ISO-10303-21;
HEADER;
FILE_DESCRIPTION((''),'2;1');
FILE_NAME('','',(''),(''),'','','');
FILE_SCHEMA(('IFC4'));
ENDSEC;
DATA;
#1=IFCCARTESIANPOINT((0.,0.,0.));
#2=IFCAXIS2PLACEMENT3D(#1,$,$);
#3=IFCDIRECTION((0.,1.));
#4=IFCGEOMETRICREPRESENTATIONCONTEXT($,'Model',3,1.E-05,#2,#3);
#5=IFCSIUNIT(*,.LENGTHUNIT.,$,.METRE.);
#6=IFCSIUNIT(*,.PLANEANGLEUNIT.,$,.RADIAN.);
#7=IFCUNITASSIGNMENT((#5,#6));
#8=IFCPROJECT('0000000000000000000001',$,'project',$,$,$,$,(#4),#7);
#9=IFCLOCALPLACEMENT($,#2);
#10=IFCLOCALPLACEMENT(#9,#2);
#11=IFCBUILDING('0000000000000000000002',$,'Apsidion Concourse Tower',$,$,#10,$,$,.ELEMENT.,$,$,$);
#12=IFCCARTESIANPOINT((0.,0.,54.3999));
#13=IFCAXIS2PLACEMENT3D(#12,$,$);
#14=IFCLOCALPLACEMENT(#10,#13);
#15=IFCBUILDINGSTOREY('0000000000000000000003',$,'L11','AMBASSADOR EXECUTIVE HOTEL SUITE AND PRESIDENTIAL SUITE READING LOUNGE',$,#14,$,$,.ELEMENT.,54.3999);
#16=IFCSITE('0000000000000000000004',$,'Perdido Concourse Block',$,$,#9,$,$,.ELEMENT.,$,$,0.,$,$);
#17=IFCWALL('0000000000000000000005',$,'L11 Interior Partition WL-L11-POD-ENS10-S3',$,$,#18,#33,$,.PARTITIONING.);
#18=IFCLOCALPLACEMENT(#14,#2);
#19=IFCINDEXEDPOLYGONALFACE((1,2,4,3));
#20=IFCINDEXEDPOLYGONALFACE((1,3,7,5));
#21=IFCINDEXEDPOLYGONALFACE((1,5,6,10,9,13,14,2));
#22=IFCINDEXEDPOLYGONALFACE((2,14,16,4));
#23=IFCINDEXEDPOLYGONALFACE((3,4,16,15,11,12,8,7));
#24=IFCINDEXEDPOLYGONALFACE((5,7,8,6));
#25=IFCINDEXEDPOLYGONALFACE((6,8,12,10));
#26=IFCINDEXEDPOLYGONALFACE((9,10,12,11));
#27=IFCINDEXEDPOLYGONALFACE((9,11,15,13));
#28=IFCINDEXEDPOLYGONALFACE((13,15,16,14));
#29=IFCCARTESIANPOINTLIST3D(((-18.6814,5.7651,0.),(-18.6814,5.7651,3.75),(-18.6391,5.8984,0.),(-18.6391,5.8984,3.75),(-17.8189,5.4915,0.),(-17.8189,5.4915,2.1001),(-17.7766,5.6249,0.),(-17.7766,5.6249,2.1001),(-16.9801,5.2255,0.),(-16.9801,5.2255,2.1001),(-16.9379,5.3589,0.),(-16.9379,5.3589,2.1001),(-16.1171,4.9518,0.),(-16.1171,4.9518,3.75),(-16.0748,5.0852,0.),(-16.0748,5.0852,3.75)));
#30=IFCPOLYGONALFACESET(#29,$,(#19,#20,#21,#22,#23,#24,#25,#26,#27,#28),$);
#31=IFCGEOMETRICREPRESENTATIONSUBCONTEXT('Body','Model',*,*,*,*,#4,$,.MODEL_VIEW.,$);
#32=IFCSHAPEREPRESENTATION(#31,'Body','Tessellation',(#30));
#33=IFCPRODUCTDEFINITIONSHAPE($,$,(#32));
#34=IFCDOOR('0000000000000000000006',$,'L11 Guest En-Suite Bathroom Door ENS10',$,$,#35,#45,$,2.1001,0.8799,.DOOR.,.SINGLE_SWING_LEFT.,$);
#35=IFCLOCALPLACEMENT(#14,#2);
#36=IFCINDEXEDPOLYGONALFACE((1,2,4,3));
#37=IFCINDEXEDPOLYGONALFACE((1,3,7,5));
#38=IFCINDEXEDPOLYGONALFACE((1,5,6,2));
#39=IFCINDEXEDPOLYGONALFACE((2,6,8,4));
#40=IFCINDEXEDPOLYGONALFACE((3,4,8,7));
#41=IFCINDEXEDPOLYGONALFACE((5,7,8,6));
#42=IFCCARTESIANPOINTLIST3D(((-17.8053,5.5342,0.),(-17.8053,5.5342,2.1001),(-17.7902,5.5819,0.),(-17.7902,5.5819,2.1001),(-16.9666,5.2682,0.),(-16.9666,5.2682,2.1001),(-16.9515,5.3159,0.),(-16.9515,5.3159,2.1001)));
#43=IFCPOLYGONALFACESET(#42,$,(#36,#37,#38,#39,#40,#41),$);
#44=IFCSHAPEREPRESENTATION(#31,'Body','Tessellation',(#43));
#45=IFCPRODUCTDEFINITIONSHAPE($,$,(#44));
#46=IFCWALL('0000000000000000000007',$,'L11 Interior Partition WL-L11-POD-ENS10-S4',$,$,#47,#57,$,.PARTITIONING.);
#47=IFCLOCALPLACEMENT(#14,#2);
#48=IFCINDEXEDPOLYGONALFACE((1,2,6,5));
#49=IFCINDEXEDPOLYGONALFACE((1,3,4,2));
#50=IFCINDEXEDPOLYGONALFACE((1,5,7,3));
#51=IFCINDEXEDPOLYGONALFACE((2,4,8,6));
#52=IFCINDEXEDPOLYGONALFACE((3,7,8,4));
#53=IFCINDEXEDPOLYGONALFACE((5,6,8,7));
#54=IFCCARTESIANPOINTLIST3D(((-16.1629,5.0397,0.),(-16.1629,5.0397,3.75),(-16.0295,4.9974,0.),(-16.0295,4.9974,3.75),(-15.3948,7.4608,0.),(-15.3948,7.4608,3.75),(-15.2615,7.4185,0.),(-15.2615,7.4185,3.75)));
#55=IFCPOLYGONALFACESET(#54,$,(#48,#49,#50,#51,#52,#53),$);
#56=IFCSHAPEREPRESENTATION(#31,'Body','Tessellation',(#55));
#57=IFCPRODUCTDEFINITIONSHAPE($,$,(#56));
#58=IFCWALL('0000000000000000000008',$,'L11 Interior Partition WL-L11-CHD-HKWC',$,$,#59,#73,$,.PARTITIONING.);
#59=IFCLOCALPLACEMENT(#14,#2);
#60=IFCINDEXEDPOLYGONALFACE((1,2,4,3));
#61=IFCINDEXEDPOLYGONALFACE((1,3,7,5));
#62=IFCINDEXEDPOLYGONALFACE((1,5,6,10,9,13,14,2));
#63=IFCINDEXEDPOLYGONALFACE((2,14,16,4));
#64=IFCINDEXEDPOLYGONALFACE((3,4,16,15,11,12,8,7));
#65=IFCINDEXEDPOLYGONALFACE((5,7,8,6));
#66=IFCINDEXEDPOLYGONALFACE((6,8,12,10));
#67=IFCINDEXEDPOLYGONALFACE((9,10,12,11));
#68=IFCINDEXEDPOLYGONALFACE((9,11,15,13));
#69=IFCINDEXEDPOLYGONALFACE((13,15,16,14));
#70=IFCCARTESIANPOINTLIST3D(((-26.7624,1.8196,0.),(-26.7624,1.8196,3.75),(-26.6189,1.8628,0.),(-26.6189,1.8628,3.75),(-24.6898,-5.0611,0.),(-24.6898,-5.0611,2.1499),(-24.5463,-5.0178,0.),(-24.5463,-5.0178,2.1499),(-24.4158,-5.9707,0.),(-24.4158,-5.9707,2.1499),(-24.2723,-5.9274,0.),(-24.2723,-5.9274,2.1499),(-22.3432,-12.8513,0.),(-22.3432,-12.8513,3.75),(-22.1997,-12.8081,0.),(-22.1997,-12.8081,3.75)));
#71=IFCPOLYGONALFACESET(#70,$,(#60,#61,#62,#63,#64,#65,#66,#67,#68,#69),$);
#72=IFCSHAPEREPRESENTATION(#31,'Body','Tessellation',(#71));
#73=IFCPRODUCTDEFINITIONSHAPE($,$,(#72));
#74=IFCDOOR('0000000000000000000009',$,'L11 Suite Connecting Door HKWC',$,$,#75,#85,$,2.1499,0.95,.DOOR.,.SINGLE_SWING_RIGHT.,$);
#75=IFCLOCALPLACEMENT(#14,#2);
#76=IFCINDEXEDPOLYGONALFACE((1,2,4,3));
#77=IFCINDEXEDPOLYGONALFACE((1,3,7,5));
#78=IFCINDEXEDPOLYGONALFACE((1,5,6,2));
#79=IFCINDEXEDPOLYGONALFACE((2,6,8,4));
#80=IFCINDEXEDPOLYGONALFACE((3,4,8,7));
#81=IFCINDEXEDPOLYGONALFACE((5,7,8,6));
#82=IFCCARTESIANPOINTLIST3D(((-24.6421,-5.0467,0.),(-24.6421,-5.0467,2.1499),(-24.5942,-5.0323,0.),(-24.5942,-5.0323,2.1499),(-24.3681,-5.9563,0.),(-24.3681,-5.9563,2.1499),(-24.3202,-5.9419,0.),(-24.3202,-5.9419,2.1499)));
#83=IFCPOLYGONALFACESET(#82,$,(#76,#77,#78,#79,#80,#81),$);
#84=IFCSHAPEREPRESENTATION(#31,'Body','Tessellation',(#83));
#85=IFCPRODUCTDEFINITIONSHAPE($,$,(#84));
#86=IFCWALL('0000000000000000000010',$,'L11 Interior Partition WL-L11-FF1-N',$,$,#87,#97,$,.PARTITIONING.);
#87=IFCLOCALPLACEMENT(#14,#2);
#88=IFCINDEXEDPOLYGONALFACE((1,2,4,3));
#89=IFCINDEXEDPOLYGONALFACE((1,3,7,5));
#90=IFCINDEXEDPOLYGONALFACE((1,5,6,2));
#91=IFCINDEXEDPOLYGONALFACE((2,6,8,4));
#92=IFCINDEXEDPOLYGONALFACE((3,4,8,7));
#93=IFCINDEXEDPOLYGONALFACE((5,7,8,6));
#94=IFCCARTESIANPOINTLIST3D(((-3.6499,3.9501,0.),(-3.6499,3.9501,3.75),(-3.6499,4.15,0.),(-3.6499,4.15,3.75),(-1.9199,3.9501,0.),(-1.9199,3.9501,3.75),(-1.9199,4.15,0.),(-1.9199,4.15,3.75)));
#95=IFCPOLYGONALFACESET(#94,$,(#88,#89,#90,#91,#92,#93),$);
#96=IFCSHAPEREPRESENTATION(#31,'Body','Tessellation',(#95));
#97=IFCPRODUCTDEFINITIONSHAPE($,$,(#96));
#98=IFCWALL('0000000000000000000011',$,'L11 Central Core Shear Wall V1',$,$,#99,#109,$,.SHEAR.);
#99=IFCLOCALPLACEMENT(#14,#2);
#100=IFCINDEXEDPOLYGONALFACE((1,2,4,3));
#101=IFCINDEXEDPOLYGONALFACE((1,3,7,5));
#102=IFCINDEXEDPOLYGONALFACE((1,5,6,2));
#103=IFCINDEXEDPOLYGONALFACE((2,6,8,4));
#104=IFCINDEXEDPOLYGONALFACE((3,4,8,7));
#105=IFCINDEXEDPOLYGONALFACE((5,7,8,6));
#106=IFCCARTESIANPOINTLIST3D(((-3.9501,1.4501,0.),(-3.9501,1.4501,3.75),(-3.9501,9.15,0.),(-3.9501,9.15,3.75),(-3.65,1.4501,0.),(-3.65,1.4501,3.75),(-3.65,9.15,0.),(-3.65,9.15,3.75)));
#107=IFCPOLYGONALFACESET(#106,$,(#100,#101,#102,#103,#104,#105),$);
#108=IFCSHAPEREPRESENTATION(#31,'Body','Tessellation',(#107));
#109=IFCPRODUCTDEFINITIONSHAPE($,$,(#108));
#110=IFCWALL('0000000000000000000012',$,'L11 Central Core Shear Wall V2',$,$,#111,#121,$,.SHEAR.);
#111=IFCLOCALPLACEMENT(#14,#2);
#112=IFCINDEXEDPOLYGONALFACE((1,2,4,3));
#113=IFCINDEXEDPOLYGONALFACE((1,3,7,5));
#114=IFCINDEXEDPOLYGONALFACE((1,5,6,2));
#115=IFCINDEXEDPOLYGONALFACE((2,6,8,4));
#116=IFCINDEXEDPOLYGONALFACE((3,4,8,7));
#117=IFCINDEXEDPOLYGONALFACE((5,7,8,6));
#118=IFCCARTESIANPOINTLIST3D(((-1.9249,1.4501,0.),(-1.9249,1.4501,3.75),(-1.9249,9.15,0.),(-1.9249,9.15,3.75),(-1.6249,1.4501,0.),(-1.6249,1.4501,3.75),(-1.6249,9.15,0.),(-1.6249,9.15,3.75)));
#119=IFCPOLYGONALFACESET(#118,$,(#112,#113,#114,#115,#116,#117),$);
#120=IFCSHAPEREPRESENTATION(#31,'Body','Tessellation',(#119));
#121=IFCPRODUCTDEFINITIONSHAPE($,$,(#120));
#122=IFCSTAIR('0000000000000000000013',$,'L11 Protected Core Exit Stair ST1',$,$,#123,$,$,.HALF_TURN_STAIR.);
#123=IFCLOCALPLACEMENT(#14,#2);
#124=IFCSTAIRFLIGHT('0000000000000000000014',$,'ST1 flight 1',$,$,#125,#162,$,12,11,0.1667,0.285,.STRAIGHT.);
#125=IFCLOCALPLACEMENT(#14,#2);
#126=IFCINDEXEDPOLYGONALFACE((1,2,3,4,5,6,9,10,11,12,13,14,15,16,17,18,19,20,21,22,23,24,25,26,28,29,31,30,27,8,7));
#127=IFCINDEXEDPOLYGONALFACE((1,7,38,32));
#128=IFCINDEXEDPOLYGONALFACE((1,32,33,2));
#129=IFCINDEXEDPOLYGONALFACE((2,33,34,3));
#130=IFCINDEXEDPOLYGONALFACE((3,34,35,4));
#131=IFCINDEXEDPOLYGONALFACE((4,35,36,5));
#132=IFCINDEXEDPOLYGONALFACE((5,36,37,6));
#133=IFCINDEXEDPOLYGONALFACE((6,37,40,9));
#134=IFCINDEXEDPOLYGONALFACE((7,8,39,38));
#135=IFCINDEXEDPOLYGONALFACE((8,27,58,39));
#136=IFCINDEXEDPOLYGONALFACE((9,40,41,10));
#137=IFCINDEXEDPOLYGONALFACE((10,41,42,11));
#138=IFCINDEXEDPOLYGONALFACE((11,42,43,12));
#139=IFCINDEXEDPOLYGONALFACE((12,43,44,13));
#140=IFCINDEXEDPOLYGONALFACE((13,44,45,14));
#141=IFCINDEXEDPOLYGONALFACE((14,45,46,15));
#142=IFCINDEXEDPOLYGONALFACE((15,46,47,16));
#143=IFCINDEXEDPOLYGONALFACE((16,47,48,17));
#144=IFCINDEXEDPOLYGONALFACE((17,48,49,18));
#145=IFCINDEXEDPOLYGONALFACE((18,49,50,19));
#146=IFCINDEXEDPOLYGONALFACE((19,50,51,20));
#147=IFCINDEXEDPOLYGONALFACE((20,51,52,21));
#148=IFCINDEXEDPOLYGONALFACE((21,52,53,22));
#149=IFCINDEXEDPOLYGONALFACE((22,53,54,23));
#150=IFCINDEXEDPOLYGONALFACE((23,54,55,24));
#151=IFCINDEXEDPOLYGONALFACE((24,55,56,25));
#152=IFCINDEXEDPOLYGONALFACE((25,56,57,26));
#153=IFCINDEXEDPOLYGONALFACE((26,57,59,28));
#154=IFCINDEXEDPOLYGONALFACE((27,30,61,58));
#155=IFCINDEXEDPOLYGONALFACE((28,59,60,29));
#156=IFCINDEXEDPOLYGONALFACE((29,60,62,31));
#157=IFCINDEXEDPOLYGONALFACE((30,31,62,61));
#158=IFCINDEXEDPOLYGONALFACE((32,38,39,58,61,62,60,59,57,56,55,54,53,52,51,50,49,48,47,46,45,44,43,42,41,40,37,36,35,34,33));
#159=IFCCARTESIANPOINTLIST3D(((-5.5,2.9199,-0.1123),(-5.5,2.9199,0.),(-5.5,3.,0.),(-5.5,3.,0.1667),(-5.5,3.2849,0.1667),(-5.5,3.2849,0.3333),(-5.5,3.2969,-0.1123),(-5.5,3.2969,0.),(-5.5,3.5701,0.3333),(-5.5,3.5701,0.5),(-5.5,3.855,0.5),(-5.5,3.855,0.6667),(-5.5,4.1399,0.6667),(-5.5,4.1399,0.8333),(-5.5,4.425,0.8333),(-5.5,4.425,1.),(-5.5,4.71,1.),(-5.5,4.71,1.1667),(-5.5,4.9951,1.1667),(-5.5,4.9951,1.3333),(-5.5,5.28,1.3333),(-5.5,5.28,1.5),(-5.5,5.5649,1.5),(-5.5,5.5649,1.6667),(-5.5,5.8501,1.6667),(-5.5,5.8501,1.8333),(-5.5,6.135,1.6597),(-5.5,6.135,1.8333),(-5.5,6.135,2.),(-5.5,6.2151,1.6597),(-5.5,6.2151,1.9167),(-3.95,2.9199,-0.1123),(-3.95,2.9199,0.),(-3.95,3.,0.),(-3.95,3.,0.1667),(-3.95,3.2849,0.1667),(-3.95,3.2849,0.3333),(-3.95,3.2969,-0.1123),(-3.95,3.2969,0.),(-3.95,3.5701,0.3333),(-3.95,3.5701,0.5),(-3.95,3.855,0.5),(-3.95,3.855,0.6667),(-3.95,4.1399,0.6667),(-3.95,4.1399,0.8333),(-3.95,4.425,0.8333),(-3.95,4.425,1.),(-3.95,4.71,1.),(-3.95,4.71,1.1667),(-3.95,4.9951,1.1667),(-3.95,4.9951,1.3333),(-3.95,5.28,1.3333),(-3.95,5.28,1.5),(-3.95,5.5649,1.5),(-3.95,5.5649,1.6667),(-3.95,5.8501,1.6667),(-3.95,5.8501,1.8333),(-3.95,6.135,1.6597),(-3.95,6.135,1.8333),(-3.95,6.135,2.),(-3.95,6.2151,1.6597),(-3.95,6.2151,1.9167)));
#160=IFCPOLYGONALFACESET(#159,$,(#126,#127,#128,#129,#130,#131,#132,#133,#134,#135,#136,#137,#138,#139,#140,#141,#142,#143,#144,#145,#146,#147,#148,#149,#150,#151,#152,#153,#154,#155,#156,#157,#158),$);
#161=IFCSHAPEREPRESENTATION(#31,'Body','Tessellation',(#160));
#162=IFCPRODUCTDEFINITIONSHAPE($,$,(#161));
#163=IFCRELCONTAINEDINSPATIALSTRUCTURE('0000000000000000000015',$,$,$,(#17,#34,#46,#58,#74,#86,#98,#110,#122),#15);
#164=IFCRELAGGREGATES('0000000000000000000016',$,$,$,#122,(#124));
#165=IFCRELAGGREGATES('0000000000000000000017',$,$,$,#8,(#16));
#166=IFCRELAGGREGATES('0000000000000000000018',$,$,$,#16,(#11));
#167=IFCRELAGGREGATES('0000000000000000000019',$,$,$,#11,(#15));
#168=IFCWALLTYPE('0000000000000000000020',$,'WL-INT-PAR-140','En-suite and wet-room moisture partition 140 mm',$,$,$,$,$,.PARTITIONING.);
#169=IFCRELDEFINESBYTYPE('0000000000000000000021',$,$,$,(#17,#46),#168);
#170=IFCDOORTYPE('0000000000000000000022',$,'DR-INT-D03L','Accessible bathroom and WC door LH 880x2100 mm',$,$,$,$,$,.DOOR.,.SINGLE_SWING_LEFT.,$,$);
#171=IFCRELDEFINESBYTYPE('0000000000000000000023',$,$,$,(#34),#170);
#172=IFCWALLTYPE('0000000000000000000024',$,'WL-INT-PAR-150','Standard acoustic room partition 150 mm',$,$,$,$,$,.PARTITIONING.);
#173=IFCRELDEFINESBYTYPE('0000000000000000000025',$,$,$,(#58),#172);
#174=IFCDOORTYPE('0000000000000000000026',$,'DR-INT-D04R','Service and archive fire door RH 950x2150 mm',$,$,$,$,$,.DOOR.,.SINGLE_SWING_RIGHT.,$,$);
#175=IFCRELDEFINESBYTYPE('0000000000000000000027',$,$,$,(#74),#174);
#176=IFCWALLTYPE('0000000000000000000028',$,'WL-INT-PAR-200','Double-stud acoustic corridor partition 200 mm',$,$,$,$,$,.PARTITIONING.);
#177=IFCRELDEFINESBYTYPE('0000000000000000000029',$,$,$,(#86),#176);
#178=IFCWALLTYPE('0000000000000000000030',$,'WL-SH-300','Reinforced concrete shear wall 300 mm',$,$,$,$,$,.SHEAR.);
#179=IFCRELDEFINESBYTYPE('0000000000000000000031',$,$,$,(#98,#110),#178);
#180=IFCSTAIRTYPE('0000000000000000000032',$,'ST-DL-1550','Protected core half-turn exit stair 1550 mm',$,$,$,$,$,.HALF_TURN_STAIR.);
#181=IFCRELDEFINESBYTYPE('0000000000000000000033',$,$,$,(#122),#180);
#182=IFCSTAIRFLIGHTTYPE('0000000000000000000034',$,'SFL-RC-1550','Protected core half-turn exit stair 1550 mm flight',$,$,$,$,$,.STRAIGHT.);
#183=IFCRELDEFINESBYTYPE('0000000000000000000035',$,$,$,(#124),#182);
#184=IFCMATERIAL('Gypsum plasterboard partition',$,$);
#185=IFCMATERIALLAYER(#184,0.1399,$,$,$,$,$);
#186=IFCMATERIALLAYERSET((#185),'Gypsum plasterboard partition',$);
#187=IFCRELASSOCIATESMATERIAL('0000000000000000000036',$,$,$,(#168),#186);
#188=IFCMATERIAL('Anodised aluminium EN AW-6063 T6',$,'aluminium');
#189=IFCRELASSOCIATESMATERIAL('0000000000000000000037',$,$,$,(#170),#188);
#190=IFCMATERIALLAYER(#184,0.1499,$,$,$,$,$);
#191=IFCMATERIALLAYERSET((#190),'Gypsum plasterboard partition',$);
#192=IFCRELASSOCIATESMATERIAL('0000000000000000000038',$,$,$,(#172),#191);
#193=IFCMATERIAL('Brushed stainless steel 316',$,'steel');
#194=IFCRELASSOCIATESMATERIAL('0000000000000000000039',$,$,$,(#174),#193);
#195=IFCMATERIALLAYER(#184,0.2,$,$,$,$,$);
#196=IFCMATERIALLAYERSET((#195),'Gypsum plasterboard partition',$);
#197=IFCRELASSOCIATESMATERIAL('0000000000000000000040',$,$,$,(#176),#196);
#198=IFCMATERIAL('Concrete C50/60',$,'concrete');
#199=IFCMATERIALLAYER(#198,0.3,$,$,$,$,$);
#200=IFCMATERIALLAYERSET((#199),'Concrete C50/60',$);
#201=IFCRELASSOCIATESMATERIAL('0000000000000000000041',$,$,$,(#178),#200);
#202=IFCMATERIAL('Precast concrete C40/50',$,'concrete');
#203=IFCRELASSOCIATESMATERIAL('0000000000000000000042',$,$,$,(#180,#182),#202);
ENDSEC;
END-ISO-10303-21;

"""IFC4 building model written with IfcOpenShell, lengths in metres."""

from ifc_helpers import new_model, si_unit, direction, frame, frame_2d, origin, place, context, subcontext, project, spatial, polyline, rectangle, outline, extrude, material, layer, layer_set, type_object, element, fill, aggregate, save


model = new_model("IFC4")

# Units and contexts
model_context = context("Model", 3, precision=1e-05, world=origin(), true_north=direction((0.0, 1.0)))
body_context = subcontext(model_context, "Body", "Model", "MODEL_VIEW")
ifc_project = project(units=[si_unit("LENGTHUNIT", "METRE"), si_unit("PLANEANGLEUNIT", "RADIAN")], contexts=[model_context])

# Site, building, storey
site_placement = place(None, origin())
site = spatial("IfcSite", under=ifc_project, at=site_placement, Name="Perdido Concourse Block", CompositionType="ELEMENT", RefElevation=0.0)
building_placement = place(site_placement, origin())
building = spatial("IfcBuilding", under=site, at=building_placement, Name="Apsidion Concourse Tower", CompositionType="ELEMENT")
storey_placement = place(building_placement, frame((0.0, 0.0, 54.3999)))
storey = spatial("IfcBuildingStorey", under=building, at=storey_placement, Name="L11", Description="AMBASSADOR EXECUTIVE HOTEL SUITE AND PRESIDENTIAL SUITE READING LOUNGE", CompositionType="ELEMENT", Elevation=54.3999)

# Shared definitions
ifc_material_1 = material(Name="Concrete C50/60", Category="concrete")

# Shared definitions
ifc_material_2 = material(Name="Gypsum plasterboard partition")
ifc_layer_1 = layer(ifc_material_2, 0.1399)
ifc_layer_set_1 = layer_set([ifc_layer_1], Name="Gypsum plasterboard partition")
wall_type_1 = type_object("IfcWallType", Name="WL-INT-PAR-140", Description="En-suite and wet-room moisture partition 140 mm", PredefinedType="PARTITIONING", material=ifc_layer_set_1)

# Wall, opening, door
wall_1_placement = place(storey_placement, frame((-18.6604, 5.8318, 0.0), z_axis=(0.0, 0.0, 1.0), x_axis=(0.95321, -0.302308, 0.0)))
wall_1 = element("IfcWall", 1, at=wall_1_placement, inside=storey, type_object=wall_type_1, Name="L11 Interior Partition WL-L11-POD-ENS10-S3", PredefinedType="PARTITIONING", context=body_context, shape_type="SweptSolid", body=[
    extrude(rectangle(XDim=2.6902, YDim=0.1399, at=frame_2d((1.3452, 0.0))), origin(), (0.0, 0.0, 1.0), 3.75),
])
opening_1_placement = place(wall_1_placement, frame((0.905, 0.0, 0.0)))
opening_1 = element("IfcOpeningElement", 2, at=opening_1_placement, cuts=wall_1, PredefinedType="OPENING", context=body_context, shape_type="SweptSolid", body=[
    extrude(rectangle(XDim=0.8799, YDim=2.1001, at=frame_2d((0.4399, 1.05))), frame((0.0, 0.0801, 0.0), z_axis=(0.0, -1.0, 0.0), x_axis=(1.0, 0.0, 0.0)), (0.0, 0.0, 1.0), 0.1599),
])
ifc_material_3 = material(Name="Anodised aluminium EN AW-6063 T6", Category="aluminium")
door_type_1 = type_object("IfcDoorType", Name="DR-INT-D03L", Description="Accessible bathroom and WC door LH 880x2100 mm", OperationType="SINGLE_SWING_LEFT", PredefinedType="DOOR", material=ifc_material_3)
door_1_placement = place(opening_1_placement, origin())
door_1 = element("IfcDoor", 3, at=door_1_placement, inside=storey, type_object=door_type_1, Name="L11 Guest En-Suite Bathroom Door ENS10", OperationType="SINGLE_SWING_LEFT", OverallHeight=2.1001, OverallWidth=0.8799, PredefinedType="DOOR", context=body_context, shape_type="SweptSolid", body=[
    extrude(rectangle(XDim=0.8799, YDim=2.1001, at=frame_2d((0.4399, 1.05))), frame((0.0, 0.0249, 0.0), z_axis=(0.0, -1.0, 0.0), x_axis=(1.0, 0.0, 0.0)), (0.0, 0.0, 1.0), 0.05),
])
fill(opening_1, door_1)

# Wall
wall_2_placement = place(storey_placement, frame((-16.0962, 5.0186, 0.0), z_axis=(0.0, 0.0, 1.0), x_axis=(0.302382, 0.953187, 0.0)))
element("IfcWall", 4, at=wall_2_placement, inside=storey, type_object=wall_type_1, Name="L11 Interior Partition WL-L11-POD-ENS10-S4", PredefinedType="PARTITIONING", context=body_context, shape_type="SweptSolid", body=[
    extrude(rectangle(XDim=2.54, YDim=0.1399, at=frame_2d((1.27, 0.0))), origin(), (0.0, 0.0, 1.0), 3.75),
])

# Wall, opening, door
ifc_layer_2 = layer(ifc_material_2, 0.1499)
ifc_layer_set_2 = layer_set([ifc_layer_2], Name="Gypsum plasterboard partition")
wall_type_2 = type_object("IfcWallType", Name="WL-INT-PAR-150", Description="Standard acoustic room partition 150 mm", PredefinedType="PARTITIONING", material=ifc_layer_set_2)
wall_3_placement = place(storey_placement, frame((-26.6907, 1.8413, 0.0), z_axis=(0.0, 0.0, 1.0), x_axis=(0.288421, -0.957504, 0.0)))
wall_3 = element("IfcWall", 5, at=wall_3_placement, inside=storey, type_object=wall_type_2, Name="L11 Interior Partition WL-L11-CHD-HKWC", PredefinedType="PARTITIONING", context=body_context, shape_type="SweptSolid", body=[
    extrude(rectangle(XDim=15.322, YDim=0.1499, at=frame_2d((7.6611, 0.0))), origin(), (0.0, 0.0, 1.0), 3.75),
])
opening_2_placement = place(wall_3_placement, frame((7.186, 0.0, 0.0)))
opening_2 = element("IfcOpeningElement", 6, at=opening_2_placement, cuts=wall_3, PredefinedType="OPENING", context=body_context, shape_type="SweptSolid", body=[
    extrude(rectangle(XDim=0.95, YDim=2.1499, at=frame_2d((0.4751, 1.075))), frame((0.0, 0.085, 0.0), z_axis=(0.0, -1.0, 0.0), x_axis=(1.0, 0.0, 0.0)), (0.0, 0.0, 1.0), 0.1699),
])
ifc_material_4 = material(Name="Brushed stainless steel 316", Category="steel")
door_type_2 = type_object("IfcDoorType", Name="DR-INT-D04R", Description="Service and archive fire door RH 950x2150 mm", OperationType="SINGLE_SWING_RIGHT", PredefinedType="DOOR", material=ifc_material_4)
door_2_placement = place(opening_2_placement, origin())
door_2 = element("IfcDoor", 7, at=door_2_placement, inside=storey, type_object=door_type_2, Name="L11 Suite Connecting Door HKWC", OperationType="SINGLE_SWING_RIGHT", OverallHeight=2.1499, OverallWidth=0.95, PredefinedType="DOOR", context=body_context, shape_type="SweptSolid", body=[
    extrude(rectangle(XDim=0.95, YDim=2.1499, at=frame_2d((0.4751, 1.075))), frame((0.0, 0.0249, 0.0), z_axis=(0.0, -1.0, 0.0), x_axis=(1.0, 0.0, 0.0)), (0.0, 0.0, 1.0), 0.05),
])
fill(opening_2, door_2)

# Walls
ifc_layer_3 = layer(ifc_material_2, 0.2)
ifc_layer_set_3 = layer_set([ifc_layer_3], Name="Gypsum plasterboard partition")
wall_type_3 = type_object("IfcWallType", Name="WL-INT-PAR-200", Description="Double-stud acoustic corridor partition 200 mm", PredefinedType="PARTITIONING", material=ifc_layer_set_3)
wall_4_placement = place(storey_placement, frame((-3.6499, 4.05, 0.0), z_axis=(0.0, 0.0, 1.0), x_axis=(1.0, 0.0, 0.0)))
element("IfcWall", 8, at=wall_4_placement, inside=storey, type_object=wall_type_3, Name="L11 Interior Partition WL-L11-FF1-N", PredefinedType="PARTITIONING", context=body_context, shape_type="SweptSolid", body=[
    extrude(rectangle(XDim=1.73, YDim=0.2, at=frame_2d((0.865, 0.0))), origin(), (0.0, 0.0, 1.0), 3.75),
])
ifc_layer_4 = layer(ifc_material_1, 0.3)
ifc_layer_set_4 = layer_set([ifc_layer_4], Name="Concrete C50/60")
wall_type_4 = type_object("IfcWallType", Name="WL-SH-300", Description="Reinforced concrete shear wall 300 mm", PredefinedType="SHEAR", material=ifc_layer_set_4)
for number, where, z_axis, x_axis, name in (
    (9, (-3.8, 1.45, 0.0), (0.0, 0.0, 1.0), (0.0, 1.0, 0.0), "L11 Central Core Shear Wall V1"),
    (10, (-1.7749, 1.45, 0.0), (0.0, 0.0, 1.0), (0.0, 1.0, 0.0), "L11 Central Core Shear Wall V2"),
):
    element("IfcWall", number, at=place(storey_placement, frame(where, z_axis=z_axis, x_axis=x_axis)), inside=storey, type_object=wall_type_4, Name=name, PredefinedType="SHEAR", context=body_context, shape_type="SweptSolid", body=[
        extrude(rectangle(XDim=7.7, YDim=0.3, at=frame_2d((3.8501, 0.0))), origin(), (0.0, 0.0, 1.0), 3.75),
    ])

# Stair, stair flight
ifc_material_5 = material(Name="Precast concrete C40/50", Category="concrete")
stair_type = type_object("IfcStairType", Name="ST-DL-1550", Description="Protected core half-turn exit stair 1550 mm", PredefinedType="HALF_TURN_STAIR", material=ifc_material_5)
stair_placement = place(storey_placement, origin())
stair = element("IfcStair", 11, at=stair_placement, inside=storey, type_object=stair_type, Name="L11 Protected Core Exit Stair ST1", PredefinedType="HALF_TURN_STAIR")
stair_flight_type = type_object("IfcStairFlightType", Name="SFL-RC-1550", Description="Protected core half-turn exit stair 1550 mm flight", PredefinedType="STRAIGHT", material=ifc_material_5)
stair_flight_1_placement = place(storey_placement, frame((-4.7251, 3.0, 0.0), z_axis=(0.0, 0.0, 1.0), x_axis=(0.0, 1.0, 0.0)))
stair_flight_1 = element("IfcStairFlight", 12, at=stair_flight_1_placement, type_object=stair_flight_type, Name="ST1 flight 1", NumberOfRisers=12, NumberOfTreads=11, PredefinedType="STRAIGHT", RiserHeight=0.1667, TreadLength=0.285, context=body_context, shape_type="SweptSolid", body=[
    extrude(outline(polyline([(-0.0801, -0.1123), (-0.0801, 0.0), (0.0, 0.0), (0.0, 0.1667), (0.2849, 0.1667), (0.2849, 0.3333), (0.5701, 0.3333), (0.5701, 0.5), (0.855, 0.5), (0.855, 0.6667), (1.1399, 0.6667), (1.1399, 0.8333), (1.425, 0.8333), (1.425, 1.0), (1.71, 1.0), (1.71, 1.1667), (1.9951, 1.1667), (1.9951, 1.3333), (2.28, 1.3333), (2.28, 1.5), (2.5649, 1.5), (2.5649, 1.6667), (2.8501, 1.6667), (2.8501, 1.8333), (3.135, 1.8333), (3.135, 2.0), (3.2151, 1.9167), (3.2151, 1.6597), (3.135, 1.6597), (0.2969, 0.0), (0.2969, -0.1123), (-0.0801, -0.1123)])), frame((0.0, 0.7749, 0.0), z_axis=(0.0, -1.0, 0.0), x_axis=(1.0, 0.0, 0.0)), (0.0, 0.0, 1.0), 1.55),
])
aggregate(stair, [stair_flight_1])

save(model, "model.ifc")
